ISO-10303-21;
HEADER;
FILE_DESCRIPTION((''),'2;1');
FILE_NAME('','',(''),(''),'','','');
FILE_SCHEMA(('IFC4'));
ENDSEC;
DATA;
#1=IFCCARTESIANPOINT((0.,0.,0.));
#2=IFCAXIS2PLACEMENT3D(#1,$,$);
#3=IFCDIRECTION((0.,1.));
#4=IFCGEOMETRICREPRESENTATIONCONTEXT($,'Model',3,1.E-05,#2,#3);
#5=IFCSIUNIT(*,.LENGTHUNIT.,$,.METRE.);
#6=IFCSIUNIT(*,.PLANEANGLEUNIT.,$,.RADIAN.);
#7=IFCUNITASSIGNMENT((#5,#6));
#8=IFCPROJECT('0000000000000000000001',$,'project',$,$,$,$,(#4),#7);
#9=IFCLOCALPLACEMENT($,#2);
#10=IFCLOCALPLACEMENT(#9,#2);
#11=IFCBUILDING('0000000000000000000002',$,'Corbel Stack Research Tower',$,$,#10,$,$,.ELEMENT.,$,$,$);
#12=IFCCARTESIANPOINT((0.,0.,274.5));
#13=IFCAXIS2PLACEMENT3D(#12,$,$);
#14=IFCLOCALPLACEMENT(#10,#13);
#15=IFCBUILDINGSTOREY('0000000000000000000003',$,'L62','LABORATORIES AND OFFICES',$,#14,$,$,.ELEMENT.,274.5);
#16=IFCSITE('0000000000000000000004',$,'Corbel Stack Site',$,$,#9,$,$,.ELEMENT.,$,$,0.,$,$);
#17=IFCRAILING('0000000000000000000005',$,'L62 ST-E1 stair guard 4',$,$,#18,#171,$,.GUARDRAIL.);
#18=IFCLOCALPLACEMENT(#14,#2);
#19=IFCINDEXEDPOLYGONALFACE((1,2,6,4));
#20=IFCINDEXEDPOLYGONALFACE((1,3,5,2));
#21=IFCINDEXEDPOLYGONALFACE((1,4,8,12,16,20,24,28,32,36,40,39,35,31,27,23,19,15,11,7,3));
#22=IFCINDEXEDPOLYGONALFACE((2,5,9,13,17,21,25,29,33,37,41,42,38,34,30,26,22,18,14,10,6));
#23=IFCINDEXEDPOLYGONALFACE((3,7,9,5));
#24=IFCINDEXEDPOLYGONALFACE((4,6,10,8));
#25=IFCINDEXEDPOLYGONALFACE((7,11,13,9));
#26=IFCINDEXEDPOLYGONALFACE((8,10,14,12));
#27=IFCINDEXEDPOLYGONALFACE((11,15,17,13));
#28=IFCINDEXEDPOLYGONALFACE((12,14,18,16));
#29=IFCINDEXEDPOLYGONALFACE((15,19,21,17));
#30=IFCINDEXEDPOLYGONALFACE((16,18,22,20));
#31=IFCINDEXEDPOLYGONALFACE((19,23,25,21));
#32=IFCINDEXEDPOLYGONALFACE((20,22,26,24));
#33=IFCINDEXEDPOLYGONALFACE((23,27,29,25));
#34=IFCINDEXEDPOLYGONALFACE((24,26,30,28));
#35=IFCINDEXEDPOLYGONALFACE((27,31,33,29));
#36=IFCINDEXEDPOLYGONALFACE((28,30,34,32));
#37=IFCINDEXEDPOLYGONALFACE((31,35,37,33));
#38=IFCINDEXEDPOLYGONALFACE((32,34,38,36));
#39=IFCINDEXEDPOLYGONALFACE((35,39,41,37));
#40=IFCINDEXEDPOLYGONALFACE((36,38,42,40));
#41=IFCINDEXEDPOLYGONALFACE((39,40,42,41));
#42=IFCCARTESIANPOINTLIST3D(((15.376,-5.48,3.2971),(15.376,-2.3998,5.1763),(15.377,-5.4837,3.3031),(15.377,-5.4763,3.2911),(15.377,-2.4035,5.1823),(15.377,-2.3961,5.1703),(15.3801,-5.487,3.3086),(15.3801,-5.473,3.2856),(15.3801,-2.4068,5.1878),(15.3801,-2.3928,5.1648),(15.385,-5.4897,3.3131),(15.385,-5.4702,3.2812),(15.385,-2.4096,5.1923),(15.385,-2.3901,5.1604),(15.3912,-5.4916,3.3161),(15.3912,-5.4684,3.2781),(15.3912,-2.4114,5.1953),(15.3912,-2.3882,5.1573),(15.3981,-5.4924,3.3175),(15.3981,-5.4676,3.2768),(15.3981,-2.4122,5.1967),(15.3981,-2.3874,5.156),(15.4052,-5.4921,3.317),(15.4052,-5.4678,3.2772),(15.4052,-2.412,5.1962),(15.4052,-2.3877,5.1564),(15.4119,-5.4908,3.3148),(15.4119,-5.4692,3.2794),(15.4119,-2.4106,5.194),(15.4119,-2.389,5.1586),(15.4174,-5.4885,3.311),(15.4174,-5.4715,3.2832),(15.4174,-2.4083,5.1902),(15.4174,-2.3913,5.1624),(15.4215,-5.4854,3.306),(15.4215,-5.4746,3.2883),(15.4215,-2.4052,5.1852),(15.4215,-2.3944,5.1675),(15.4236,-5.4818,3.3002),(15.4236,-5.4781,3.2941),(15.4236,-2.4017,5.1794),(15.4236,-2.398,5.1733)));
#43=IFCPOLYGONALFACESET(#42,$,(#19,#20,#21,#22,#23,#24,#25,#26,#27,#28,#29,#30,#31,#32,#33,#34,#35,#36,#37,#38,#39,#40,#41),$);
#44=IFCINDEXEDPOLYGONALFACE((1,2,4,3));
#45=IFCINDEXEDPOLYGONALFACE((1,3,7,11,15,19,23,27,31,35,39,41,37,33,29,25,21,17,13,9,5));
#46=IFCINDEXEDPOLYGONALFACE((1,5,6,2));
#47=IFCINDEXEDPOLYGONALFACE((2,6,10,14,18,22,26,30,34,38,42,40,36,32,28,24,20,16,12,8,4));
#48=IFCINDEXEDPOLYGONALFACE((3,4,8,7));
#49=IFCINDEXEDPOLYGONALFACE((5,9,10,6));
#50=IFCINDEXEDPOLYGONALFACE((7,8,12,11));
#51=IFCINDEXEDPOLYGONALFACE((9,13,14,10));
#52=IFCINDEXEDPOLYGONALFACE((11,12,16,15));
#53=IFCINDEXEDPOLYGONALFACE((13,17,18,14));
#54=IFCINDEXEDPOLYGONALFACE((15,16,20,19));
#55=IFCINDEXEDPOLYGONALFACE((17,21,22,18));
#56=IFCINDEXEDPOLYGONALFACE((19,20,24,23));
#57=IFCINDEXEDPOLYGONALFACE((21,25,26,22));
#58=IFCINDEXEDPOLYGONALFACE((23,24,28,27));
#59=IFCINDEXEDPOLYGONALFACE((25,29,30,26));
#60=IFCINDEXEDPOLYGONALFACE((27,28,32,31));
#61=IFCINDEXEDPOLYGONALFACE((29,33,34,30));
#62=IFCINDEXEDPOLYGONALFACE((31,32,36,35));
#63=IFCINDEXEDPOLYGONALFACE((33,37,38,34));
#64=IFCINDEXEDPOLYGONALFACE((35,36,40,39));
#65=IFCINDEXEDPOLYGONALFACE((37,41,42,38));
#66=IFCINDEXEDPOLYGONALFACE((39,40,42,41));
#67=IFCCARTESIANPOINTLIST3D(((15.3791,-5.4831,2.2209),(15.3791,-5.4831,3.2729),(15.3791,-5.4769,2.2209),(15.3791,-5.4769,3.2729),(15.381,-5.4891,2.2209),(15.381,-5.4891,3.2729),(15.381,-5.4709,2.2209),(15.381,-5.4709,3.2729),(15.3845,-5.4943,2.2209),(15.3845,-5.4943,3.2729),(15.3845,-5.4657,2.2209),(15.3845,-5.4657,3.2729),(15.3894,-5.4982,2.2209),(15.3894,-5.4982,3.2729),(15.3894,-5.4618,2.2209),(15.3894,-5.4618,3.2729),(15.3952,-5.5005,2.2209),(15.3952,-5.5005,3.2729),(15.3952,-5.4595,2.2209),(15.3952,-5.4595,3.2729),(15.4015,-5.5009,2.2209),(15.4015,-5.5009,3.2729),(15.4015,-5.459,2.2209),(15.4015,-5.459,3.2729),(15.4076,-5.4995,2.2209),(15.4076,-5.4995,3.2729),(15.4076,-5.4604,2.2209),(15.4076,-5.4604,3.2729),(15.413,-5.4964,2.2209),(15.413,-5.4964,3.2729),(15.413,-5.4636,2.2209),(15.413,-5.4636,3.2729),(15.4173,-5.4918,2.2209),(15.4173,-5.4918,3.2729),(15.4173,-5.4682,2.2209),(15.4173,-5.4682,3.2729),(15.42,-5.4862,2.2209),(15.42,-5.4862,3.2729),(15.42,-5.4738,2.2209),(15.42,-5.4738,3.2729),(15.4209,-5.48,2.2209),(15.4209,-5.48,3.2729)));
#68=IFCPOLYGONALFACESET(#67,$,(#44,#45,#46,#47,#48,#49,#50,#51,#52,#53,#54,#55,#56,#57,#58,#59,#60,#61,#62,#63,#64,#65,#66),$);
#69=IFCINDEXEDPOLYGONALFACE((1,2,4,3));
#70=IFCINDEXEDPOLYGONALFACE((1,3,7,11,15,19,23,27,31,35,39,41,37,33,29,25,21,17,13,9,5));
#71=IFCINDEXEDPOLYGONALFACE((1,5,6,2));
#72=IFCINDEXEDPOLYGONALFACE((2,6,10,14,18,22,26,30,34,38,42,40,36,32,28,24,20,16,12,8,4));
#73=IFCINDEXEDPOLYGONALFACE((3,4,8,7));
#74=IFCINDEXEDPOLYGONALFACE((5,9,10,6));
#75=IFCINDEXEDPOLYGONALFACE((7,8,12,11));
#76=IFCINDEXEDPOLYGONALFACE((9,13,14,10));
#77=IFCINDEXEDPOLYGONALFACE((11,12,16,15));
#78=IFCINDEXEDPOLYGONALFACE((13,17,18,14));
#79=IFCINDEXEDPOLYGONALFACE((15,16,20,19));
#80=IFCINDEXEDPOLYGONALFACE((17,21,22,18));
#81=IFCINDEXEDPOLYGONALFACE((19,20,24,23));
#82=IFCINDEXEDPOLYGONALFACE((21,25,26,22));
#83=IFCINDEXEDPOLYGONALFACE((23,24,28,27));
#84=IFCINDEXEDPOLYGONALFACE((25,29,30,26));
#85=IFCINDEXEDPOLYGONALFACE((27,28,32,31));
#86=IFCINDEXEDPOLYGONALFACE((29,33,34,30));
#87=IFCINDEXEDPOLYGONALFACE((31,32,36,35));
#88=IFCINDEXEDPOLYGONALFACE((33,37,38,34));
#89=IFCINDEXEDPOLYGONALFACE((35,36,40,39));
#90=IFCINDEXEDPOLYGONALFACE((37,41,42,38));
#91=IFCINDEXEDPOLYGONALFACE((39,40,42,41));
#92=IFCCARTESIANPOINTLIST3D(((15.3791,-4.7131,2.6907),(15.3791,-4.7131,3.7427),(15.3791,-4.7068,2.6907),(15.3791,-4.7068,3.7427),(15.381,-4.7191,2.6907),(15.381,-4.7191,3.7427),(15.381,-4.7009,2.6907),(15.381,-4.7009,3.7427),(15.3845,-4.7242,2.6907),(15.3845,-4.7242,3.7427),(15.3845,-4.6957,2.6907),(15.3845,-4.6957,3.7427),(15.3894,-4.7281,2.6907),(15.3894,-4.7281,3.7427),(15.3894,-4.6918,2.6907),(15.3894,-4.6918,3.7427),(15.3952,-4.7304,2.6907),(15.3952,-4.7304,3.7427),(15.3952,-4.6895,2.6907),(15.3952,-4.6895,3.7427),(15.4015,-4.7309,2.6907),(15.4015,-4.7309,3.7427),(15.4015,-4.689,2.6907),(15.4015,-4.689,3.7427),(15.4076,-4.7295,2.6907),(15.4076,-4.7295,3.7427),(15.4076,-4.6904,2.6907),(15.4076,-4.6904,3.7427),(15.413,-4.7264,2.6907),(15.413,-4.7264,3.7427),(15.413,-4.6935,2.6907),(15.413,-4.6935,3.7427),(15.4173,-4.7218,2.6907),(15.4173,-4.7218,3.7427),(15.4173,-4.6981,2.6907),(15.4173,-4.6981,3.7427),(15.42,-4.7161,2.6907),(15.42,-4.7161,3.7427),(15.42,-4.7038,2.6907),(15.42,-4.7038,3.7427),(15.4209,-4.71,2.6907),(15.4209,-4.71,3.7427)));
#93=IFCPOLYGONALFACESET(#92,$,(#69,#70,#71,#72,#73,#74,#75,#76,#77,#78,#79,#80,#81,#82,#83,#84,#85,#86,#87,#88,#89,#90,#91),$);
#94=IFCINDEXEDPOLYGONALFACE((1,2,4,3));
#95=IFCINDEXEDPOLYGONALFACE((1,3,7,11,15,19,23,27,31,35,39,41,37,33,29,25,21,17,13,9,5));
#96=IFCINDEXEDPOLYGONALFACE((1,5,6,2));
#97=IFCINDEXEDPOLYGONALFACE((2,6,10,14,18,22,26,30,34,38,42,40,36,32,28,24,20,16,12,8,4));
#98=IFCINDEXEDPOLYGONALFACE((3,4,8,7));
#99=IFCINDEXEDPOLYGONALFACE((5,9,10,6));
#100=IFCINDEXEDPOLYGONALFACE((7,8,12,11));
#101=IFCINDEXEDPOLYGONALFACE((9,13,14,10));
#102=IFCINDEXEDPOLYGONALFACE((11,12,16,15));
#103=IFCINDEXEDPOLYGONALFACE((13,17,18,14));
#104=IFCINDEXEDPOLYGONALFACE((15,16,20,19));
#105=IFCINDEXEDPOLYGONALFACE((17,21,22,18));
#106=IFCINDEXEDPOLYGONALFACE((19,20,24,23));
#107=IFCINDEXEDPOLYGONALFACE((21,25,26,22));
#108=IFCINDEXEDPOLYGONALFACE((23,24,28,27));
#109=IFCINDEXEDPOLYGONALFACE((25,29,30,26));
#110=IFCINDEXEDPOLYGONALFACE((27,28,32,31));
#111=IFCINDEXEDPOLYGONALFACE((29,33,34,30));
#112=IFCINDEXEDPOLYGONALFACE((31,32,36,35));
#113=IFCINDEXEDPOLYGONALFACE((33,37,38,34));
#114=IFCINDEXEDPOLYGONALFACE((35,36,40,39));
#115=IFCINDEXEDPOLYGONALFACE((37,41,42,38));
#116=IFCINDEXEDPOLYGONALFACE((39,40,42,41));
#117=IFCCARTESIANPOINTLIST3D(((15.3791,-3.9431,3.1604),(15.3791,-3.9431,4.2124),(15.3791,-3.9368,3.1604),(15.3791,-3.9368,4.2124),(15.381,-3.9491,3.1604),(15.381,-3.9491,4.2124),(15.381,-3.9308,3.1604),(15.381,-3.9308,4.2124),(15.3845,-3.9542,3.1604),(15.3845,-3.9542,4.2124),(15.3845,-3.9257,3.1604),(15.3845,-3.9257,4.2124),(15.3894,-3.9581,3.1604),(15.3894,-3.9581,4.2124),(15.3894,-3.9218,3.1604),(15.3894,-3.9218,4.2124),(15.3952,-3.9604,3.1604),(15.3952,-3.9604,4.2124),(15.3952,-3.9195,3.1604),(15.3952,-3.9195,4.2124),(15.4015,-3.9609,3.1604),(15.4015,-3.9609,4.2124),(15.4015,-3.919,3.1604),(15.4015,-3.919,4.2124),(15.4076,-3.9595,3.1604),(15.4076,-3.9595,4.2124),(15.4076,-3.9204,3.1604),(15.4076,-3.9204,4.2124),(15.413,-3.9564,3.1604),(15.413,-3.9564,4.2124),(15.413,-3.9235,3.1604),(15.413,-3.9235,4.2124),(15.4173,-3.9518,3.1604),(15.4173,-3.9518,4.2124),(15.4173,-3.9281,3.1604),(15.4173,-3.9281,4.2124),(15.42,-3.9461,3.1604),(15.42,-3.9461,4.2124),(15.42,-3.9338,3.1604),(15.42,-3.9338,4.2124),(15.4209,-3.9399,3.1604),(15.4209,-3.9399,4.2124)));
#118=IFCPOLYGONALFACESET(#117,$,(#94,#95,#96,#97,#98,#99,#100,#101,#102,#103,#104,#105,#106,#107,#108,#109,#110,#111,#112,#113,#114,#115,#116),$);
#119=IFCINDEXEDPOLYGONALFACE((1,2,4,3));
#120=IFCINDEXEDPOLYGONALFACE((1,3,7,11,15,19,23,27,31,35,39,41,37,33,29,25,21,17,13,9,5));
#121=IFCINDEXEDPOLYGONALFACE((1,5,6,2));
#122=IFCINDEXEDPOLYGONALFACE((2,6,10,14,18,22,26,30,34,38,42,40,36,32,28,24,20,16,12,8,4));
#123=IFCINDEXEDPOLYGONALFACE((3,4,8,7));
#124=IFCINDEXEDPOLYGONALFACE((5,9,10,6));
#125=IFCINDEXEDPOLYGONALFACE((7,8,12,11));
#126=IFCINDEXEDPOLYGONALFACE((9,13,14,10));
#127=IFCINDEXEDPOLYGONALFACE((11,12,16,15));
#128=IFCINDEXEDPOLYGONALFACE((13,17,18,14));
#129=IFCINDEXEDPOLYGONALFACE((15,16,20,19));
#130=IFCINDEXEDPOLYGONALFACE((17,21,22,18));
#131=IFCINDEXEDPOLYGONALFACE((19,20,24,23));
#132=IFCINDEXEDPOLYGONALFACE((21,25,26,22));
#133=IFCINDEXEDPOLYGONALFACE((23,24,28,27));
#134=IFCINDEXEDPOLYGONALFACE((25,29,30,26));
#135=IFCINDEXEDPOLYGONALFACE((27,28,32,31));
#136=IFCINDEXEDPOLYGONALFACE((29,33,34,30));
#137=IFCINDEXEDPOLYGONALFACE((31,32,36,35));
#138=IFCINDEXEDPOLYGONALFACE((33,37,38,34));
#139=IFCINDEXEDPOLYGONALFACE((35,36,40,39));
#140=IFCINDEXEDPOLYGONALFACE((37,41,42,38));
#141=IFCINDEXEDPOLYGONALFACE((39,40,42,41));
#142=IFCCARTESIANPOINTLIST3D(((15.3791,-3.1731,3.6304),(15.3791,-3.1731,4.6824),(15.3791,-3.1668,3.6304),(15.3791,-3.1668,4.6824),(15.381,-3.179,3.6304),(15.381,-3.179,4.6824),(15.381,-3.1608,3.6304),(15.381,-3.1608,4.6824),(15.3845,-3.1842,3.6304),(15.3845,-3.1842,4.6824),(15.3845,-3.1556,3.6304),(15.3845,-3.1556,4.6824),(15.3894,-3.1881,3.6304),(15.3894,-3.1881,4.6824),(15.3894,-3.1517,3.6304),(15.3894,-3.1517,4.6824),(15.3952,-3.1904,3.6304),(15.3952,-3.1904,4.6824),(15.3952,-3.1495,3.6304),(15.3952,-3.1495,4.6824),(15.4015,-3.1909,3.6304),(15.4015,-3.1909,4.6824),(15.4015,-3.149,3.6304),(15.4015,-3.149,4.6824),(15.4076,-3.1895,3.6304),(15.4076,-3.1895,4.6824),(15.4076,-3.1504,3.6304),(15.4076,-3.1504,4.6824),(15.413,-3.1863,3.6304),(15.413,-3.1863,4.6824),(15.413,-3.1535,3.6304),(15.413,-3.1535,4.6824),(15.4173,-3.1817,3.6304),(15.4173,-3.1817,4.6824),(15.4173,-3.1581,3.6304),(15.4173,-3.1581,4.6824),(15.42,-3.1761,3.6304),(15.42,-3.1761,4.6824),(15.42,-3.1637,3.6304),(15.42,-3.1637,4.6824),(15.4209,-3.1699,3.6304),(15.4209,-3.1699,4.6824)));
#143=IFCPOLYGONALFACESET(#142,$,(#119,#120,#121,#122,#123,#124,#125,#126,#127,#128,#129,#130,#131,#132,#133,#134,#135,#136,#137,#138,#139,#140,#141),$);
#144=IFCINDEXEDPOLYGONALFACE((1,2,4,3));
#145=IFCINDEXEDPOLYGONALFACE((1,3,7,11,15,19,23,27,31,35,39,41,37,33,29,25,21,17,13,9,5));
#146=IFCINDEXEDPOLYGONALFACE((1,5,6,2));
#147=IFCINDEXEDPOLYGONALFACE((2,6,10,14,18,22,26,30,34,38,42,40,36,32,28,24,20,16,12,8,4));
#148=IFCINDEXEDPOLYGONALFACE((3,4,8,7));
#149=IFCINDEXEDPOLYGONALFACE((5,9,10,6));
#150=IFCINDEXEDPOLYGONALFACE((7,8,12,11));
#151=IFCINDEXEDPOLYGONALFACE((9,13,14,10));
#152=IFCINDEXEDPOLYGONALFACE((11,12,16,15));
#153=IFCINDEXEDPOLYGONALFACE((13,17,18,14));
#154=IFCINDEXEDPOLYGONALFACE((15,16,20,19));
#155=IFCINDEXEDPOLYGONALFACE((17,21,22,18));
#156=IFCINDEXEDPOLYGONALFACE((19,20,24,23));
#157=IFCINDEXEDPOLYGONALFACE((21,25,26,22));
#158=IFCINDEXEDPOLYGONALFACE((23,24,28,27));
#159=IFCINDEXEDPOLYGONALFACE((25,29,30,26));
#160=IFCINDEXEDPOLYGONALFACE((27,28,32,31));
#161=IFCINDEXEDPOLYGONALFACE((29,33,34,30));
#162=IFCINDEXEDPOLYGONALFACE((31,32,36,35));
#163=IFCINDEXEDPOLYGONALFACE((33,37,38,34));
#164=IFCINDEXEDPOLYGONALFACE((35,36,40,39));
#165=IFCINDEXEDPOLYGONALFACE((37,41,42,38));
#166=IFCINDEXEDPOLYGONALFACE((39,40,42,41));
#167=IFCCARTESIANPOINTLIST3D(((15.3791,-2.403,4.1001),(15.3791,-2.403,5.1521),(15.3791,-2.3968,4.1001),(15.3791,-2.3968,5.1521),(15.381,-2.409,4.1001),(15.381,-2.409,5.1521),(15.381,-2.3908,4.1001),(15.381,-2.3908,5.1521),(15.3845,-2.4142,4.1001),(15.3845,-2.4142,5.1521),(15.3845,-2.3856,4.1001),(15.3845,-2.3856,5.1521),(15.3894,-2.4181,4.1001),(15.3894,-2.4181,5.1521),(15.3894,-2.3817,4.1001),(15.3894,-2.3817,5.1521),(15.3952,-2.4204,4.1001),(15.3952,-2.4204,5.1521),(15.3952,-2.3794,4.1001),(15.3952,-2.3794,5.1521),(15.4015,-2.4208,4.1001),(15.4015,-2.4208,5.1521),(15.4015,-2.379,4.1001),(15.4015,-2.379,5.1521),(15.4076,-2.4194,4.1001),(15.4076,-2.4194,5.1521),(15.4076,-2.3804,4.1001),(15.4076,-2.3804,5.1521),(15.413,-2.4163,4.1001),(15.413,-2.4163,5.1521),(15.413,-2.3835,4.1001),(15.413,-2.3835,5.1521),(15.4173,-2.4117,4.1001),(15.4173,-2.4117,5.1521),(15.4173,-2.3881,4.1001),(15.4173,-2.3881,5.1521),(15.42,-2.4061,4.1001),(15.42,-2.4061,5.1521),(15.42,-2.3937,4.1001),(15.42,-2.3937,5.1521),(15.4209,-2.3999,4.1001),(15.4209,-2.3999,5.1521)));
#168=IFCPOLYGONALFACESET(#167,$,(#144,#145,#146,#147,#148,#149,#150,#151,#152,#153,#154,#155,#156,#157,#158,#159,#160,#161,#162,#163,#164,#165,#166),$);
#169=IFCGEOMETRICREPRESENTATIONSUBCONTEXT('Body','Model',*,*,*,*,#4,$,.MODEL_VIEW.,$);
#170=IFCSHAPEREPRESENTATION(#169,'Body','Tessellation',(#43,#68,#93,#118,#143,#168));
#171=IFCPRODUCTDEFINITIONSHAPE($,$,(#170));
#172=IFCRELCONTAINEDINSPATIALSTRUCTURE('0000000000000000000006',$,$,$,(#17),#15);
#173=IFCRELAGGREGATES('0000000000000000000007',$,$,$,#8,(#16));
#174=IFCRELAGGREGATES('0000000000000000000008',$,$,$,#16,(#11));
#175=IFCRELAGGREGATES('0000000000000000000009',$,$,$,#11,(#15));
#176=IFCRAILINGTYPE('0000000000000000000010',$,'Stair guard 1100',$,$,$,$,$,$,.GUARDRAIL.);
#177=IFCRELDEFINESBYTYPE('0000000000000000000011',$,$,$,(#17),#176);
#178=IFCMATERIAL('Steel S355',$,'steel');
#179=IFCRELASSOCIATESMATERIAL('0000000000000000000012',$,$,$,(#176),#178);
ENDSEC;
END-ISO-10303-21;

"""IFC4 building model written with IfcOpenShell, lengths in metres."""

from ifc_helpers import new_model, si_unit, direction, frame, origin, origin_2d, place, context, subcontext, project, spatial, circle, extrude, material, type_object, element, save


model = new_model("IFC4")

# Units and contexts
model_context = context("Model", 3, precision=1e-05, world=origin(), true_north=direction((0.0, 1.0)))
body_context = subcontext(model_context, "Body", "Model", "MODEL_VIEW")
ifc_project = project(units=[si_unit("LENGTHUNIT", "METRE"), si_unit("PLANEANGLEUNIT", "RADIAN")], contexts=[model_context])

# Site, building, storey
site_placement = place(None, origin())
site = spatial("IfcSite", under=ifc_project, at=site_placement, Name="Corbel Stack Site", CompositionType="ELEMENT", RefElevation=0.0)
building_placement = place(site_placement, origin())
building = spatial("IfcBuilding", under=site, at=building_placement, Name="Corbel Stack Research Tower", CompositionType="ELEMENT")
storey_placement = place(building_placement, frame((0.0, 0.0, 274.5)))
storey = spatial("IfcBuildingStorey", under=building, at=storey_placement, Name="L62", Description="LABORATORIES AND OFFICES", CompositionType="ELEMENT", Elevation=274.5)

# Railing
ifc_material_1 = material(Name="Steel S355", Category="steel")
railing_type_1 = type_object("IfcRailingType", Name="Stair guard 1100", PredefinedType="GUARDRAIL", material=ifc_material_1)
railing_1_placement = place(storey_placement, frame((15.3999, -5.48, 2.2209)))
element("IfcRailing", 1, at=railing_1_placement, inside=storey, type_object=railing_type_1, Name="L62 ST-E1 stair guard 4", PredefinedType="GUARDRAIL", context=body_context, shape_type="SweptSolid", body=[
    extrude(circle(Radius=0.0239, at=origin_2d()), frame((0.0, 0.0, 1.0762), z_axis=(0.0, 0.853666, 0.52082), x_axis=(-1.0, 0.0, 0.0)), (0.0, 0.0, 1.0), 3.6082),
    extrude(circle(Radius=0.021, at=origin_2d()), origin(), (0.0, 0.0, 1.0), 1.052),
    extrude(circle(Radius=0.021, at=origin_2d()), frame((0.0, 0.77, 0.4697)), (0.0, 0.0, 1.0), 1.052),
    extrude(circle(Radius=0.021, at=origin_2d()), frame((0.0, 1.54, 0.9395)), (0.0, 0.0, 1.0), 1.052),
    extrude(circle(Radius=0.021, at=origin_2d()), frame((0.0, 2.3101, 1.4094)), (0.0, 0.0, 1.0), 1.052),
    extrude(circle(Radius=0.021, at=origin_2d()), frame((0.0, 3.0801, 1.8792)), (0.0, 0.0, 1.0), 1.052),
])

save(model, "model.ifc")
